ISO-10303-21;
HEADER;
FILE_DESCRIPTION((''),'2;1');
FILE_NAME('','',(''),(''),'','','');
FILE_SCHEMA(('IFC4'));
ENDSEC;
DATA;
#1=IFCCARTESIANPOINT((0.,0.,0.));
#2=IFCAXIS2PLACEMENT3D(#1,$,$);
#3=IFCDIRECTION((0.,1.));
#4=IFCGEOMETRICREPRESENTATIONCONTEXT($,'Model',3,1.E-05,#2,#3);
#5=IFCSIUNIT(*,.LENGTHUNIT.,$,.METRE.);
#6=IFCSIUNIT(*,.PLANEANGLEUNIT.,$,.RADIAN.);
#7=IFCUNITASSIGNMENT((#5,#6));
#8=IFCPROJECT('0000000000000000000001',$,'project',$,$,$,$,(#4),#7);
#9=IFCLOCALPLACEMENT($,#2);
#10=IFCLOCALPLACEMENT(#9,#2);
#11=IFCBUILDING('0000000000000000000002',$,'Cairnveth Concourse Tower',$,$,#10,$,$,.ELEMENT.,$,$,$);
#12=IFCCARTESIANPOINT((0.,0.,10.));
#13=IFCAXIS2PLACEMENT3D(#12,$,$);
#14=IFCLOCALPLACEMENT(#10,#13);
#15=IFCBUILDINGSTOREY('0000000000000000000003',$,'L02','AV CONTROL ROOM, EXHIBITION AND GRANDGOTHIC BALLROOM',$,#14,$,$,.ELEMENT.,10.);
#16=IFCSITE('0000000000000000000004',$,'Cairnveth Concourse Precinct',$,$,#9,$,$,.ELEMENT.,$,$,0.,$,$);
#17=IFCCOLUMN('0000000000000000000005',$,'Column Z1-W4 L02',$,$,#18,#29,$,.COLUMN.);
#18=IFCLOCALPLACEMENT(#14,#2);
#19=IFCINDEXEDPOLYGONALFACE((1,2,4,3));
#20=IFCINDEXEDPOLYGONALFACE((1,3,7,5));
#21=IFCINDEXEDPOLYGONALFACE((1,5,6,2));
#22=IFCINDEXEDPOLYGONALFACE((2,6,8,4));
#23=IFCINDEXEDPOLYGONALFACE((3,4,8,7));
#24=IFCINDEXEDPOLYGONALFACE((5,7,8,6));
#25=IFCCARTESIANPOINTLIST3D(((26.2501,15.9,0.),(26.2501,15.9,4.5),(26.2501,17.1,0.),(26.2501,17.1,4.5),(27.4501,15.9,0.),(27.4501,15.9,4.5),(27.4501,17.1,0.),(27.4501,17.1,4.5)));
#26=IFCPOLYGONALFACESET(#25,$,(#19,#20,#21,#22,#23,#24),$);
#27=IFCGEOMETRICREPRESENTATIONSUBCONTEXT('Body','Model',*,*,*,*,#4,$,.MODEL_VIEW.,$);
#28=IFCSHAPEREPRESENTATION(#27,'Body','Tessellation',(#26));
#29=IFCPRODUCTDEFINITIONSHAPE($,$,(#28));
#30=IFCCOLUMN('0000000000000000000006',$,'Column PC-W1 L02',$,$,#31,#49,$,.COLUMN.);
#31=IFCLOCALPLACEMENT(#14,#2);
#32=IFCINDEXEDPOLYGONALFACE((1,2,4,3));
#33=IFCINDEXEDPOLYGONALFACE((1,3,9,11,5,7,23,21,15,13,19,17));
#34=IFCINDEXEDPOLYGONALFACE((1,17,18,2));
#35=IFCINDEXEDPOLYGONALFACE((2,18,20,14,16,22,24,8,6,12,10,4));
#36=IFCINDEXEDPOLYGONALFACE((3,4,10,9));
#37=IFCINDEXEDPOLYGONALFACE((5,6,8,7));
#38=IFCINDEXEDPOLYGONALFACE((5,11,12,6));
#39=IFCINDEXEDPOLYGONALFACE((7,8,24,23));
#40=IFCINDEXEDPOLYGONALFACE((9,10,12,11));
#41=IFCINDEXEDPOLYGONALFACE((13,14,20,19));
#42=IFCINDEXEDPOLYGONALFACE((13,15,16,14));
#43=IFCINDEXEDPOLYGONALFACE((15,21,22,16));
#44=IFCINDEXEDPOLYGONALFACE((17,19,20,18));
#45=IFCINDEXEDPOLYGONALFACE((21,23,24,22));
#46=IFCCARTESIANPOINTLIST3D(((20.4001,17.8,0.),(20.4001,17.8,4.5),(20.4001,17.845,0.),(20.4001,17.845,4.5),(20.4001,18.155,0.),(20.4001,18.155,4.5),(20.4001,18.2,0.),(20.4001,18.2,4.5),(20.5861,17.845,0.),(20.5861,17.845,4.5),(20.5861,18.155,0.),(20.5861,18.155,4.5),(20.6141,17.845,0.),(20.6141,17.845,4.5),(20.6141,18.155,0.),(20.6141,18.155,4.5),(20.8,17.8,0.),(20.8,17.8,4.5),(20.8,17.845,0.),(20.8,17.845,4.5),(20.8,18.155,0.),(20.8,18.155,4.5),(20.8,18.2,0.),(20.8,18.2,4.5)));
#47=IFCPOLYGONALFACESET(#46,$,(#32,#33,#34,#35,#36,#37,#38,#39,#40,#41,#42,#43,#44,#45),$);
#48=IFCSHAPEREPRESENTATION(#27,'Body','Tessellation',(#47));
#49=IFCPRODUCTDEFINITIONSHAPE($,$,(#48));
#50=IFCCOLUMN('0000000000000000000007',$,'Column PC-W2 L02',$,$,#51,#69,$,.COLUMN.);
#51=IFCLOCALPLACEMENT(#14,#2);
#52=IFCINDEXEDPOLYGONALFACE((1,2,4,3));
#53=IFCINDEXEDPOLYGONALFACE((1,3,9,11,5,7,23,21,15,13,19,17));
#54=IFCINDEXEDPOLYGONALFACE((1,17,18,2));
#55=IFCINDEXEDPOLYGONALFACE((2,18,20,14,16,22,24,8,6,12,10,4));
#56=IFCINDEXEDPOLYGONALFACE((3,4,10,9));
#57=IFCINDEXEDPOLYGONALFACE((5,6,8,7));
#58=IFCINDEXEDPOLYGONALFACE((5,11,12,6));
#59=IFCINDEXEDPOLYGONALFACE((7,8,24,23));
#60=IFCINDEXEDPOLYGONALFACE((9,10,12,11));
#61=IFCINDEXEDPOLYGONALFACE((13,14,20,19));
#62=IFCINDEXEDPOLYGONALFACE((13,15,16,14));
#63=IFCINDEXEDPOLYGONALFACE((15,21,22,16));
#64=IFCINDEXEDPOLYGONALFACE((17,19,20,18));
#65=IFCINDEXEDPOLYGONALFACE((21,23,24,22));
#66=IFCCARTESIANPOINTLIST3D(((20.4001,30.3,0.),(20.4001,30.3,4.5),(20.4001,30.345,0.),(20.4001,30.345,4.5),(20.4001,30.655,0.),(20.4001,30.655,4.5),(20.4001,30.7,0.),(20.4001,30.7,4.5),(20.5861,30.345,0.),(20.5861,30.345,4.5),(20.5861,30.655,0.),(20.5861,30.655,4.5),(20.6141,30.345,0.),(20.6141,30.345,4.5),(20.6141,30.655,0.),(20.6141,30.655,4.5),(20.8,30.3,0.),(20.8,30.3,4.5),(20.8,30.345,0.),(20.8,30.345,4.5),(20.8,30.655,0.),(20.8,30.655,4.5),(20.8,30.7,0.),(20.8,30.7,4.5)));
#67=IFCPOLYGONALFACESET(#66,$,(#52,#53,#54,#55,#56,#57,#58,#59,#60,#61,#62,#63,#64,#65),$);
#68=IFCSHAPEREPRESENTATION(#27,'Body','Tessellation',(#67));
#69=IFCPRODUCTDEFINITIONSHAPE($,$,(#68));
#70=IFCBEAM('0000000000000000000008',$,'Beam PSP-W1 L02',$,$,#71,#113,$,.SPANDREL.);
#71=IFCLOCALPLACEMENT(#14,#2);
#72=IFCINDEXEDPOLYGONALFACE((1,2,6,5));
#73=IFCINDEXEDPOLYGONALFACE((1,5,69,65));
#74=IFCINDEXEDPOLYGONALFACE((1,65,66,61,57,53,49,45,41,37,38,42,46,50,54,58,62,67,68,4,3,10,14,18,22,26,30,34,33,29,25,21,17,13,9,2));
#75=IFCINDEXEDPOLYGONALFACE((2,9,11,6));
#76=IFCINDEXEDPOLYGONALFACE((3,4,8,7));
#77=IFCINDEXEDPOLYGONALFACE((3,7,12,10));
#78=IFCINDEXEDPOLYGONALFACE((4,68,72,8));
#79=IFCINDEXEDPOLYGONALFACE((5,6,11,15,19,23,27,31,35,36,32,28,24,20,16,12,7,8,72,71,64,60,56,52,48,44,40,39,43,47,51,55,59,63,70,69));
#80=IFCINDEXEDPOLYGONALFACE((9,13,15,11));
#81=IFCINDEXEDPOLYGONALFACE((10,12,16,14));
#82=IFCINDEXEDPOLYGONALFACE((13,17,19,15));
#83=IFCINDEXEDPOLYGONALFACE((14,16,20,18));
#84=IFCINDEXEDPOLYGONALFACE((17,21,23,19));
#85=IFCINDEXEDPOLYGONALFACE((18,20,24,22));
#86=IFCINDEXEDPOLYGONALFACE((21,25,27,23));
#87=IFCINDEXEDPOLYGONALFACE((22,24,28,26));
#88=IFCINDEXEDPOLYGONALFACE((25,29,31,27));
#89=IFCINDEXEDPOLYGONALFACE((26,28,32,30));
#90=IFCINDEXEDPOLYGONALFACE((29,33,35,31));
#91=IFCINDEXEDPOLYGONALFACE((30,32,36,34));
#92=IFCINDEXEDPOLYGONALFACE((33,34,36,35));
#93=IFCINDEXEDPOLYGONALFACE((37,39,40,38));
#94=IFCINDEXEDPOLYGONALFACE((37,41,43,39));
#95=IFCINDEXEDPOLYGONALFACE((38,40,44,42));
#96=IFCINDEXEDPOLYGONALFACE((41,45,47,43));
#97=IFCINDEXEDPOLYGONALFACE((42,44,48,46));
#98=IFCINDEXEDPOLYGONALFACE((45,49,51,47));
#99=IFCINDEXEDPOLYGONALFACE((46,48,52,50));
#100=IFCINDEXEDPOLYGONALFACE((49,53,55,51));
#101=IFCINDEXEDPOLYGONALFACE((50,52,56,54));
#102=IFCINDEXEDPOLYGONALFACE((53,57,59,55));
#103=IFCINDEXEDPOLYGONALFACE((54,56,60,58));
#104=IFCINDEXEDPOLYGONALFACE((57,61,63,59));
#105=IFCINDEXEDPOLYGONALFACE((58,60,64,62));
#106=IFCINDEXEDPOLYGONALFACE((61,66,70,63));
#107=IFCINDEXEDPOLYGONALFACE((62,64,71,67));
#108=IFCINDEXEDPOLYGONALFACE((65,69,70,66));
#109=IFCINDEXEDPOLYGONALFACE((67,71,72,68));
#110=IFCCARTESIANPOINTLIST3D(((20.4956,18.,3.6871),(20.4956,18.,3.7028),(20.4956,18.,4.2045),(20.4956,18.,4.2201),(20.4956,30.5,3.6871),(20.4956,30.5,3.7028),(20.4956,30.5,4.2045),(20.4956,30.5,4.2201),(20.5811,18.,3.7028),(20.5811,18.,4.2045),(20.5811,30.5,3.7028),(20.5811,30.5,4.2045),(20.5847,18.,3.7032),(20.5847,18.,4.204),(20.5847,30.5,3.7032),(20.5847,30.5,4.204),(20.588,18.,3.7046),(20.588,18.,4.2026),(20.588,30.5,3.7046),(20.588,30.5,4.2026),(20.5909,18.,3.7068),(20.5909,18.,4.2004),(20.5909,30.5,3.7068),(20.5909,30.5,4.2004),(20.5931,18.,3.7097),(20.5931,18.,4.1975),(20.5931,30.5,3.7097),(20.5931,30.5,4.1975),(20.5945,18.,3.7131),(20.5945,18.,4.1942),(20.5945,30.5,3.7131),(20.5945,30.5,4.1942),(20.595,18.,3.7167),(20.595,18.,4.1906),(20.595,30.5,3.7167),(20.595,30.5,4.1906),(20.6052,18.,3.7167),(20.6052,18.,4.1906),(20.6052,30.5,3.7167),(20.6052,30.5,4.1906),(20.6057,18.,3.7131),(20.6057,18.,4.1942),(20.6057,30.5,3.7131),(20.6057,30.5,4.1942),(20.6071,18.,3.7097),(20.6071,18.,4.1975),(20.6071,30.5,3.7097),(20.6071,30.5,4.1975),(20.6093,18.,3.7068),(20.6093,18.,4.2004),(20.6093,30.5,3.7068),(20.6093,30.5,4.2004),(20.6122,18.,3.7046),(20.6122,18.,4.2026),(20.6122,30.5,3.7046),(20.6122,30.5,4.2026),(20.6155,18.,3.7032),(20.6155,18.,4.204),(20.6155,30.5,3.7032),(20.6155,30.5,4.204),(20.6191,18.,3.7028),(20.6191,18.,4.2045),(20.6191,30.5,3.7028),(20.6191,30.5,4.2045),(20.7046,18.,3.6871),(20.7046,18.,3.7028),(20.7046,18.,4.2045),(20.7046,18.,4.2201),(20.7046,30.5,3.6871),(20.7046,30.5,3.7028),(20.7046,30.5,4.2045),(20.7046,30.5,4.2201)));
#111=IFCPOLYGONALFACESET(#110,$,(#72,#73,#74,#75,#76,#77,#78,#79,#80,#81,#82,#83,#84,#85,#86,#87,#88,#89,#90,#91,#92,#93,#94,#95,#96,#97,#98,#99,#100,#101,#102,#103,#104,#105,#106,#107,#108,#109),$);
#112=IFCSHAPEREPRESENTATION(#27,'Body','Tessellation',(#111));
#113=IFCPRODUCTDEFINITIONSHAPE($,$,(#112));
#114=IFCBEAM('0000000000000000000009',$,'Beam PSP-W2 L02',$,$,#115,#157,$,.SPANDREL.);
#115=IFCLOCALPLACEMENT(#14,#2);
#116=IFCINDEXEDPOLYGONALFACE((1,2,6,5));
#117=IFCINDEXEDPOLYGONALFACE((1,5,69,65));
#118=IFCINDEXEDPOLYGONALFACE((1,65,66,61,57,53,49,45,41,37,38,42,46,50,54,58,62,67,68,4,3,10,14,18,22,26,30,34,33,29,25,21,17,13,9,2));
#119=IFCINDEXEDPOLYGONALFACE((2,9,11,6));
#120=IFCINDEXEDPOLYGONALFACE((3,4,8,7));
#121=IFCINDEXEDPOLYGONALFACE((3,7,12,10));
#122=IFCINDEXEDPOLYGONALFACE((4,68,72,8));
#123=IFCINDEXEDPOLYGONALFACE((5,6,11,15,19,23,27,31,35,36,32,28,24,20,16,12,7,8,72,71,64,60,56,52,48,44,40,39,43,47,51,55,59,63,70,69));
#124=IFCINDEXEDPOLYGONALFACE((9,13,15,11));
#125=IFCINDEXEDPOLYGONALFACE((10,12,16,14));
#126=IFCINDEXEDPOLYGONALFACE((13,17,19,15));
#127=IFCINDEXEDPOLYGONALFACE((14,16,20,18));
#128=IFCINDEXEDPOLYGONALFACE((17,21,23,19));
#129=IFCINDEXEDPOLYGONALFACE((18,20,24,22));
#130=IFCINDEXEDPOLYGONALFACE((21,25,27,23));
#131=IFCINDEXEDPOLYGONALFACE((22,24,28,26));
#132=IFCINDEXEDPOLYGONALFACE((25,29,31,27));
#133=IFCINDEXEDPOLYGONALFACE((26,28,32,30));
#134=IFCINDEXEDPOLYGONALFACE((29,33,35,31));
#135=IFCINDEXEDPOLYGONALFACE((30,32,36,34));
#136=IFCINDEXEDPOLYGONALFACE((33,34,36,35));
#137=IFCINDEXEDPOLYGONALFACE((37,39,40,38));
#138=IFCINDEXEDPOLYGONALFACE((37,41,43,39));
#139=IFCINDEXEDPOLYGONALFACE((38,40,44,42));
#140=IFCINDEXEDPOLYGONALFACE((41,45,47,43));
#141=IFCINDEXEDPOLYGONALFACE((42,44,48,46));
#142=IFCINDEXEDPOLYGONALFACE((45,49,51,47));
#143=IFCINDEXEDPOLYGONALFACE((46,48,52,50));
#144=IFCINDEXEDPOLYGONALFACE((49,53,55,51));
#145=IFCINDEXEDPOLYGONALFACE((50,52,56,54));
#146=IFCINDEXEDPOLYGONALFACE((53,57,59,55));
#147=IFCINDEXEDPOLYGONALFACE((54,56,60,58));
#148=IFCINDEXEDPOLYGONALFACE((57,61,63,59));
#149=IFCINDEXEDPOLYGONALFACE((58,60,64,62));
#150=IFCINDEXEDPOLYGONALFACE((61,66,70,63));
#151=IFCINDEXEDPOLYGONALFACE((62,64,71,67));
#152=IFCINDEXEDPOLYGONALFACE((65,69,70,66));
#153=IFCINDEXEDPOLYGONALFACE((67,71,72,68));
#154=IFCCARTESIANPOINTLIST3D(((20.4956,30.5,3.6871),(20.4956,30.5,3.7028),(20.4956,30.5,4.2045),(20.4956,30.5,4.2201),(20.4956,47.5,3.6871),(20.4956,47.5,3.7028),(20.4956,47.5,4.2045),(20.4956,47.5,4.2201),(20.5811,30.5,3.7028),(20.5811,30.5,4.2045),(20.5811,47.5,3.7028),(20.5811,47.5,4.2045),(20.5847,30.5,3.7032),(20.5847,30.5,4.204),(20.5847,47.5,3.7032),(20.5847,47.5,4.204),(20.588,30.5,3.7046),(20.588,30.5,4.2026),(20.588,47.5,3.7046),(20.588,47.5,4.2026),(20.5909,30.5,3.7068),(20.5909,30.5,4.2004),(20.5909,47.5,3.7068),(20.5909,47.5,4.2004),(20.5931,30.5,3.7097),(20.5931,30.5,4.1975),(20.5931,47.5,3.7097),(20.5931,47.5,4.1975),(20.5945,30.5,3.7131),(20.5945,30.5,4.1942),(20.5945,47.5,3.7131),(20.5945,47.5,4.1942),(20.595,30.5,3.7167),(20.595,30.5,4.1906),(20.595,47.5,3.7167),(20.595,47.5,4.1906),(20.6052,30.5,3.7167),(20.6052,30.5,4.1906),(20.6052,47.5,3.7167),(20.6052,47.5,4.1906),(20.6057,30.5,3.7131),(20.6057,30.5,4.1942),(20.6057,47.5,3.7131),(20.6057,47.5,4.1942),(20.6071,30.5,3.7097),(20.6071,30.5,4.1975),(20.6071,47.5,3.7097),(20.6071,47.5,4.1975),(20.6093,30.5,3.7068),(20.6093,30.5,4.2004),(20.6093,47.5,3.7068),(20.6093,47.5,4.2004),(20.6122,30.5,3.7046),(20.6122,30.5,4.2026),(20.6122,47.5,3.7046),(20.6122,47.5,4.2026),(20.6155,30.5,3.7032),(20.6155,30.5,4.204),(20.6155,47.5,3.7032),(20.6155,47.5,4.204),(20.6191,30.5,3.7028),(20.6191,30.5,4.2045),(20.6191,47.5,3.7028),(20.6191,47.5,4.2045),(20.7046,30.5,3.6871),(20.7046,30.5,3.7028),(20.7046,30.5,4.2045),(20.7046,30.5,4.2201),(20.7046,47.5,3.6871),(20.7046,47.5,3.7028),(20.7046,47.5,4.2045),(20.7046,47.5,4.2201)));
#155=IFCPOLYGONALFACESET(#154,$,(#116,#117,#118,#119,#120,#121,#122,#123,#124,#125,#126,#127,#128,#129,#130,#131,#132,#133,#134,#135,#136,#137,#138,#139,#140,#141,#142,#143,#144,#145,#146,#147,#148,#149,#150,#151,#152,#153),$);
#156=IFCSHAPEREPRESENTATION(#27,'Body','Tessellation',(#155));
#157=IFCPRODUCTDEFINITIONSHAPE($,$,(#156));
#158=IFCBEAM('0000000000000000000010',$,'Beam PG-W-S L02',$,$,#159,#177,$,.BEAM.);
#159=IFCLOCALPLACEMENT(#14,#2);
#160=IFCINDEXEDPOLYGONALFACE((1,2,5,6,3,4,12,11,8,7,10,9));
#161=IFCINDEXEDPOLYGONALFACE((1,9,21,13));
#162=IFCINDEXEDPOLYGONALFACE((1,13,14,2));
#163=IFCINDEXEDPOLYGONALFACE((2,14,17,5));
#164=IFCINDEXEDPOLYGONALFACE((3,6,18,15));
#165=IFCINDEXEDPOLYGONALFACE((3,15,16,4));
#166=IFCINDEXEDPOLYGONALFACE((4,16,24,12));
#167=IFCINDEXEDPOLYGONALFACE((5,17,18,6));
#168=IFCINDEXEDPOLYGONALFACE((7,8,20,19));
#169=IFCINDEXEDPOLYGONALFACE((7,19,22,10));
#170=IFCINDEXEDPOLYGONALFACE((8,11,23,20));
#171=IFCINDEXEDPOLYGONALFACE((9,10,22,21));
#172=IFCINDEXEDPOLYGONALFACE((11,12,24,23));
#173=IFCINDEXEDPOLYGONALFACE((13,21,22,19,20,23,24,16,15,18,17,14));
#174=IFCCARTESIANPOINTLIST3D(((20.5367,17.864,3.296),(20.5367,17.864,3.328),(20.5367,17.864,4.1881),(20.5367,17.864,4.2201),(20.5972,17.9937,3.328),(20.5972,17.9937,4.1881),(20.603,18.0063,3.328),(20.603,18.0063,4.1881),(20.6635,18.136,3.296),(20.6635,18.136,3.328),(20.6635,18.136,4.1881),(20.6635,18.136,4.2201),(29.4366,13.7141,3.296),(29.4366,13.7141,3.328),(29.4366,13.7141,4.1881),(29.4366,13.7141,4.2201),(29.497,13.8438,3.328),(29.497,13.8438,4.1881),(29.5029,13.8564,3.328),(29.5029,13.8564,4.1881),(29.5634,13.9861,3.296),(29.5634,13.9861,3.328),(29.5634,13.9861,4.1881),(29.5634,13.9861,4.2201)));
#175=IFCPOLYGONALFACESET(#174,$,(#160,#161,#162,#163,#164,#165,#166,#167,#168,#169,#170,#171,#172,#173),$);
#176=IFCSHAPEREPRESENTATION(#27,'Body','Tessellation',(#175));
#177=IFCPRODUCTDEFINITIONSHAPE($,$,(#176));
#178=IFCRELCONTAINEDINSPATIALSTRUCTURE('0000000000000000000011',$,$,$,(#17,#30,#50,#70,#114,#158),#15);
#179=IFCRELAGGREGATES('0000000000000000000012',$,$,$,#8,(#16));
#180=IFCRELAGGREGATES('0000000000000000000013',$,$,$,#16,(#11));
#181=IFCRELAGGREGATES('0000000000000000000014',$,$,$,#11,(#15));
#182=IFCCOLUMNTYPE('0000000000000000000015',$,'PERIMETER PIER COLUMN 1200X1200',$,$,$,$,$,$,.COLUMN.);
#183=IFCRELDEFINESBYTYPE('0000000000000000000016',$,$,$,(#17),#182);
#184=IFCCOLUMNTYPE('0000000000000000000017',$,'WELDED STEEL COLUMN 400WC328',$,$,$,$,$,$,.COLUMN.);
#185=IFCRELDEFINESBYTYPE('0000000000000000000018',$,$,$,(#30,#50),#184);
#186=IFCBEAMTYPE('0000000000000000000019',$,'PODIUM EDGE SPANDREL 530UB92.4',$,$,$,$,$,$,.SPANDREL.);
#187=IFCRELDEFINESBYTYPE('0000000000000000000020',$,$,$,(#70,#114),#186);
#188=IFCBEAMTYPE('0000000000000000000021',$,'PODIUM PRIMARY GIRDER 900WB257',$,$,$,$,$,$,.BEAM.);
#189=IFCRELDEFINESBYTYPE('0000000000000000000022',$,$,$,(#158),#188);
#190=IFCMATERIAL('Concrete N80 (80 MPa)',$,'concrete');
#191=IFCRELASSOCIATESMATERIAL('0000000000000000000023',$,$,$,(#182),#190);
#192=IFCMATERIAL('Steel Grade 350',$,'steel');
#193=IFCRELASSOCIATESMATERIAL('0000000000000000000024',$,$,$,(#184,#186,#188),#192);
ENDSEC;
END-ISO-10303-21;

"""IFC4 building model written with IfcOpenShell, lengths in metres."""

from ifc_helpers import new_model, si_unit, direction, frame, origin, origin_2d, place, context, subcontext, project, spatial, rectangle, i_section, extrude, material, material_profile, profile_set, type_object, element, save


model = new_model("IFC4")

# Units and contexts
model_context = context("Model", 3, precision=1e-05, world=origin(), true_north=direction((0.0, 1.0)))
body_context = subcontext(model_context, "Body", "Model", "MODEL_VIEW")
ifc_project = project(units=[si_unit("LENGTHUNIT", "METRE"), si_unit("PLANEANGLEUNIT", "RADIAN")], contexts=[model_context])

# Site, building, storey
site_placement = place(None, origin())
site = spatial("IfcSite", under=ifc_project, at=site_placement, Name="Cairnveth Concourse Precinct", CompositionType="ELEMENT", RefElevation=0.0)
building_placement = place(site_placement, origin())
building = spatial("IfcBuilding", under=site, at=building_placement, Name="Cairnveth Concourse Tower", CompositionType="ELEMENT")
storey_placement = place(building_placement, frame((0.0, 0.0, 10.0)))
storey = spatial("IfcBuildingStorey", under=building, at=storey_placement, Name="L02", Description="AV CONTROL ROOM, EXHIBITION AND GRANDGOTHIC BALLROOM", CompositionType="ELEMENT", Elevation=10.0)

# Columns
ifc_material_1 = material(Name="Concrete N80 (80 MPa)", Category="concrete")
ifc_material_profile_1 = material_profile(ifc_material_1, rectangle(XDim=1.2, YDim=1.2, at=origin_2d()), Name="RC-COL-1200x1200")
ifc_profile_set_1 = profile_set([ifc_material_profile_1], Name="Concrete N80 (80 MPa)")
column_type_1 = type_object("IfcColumnType", Name="PERIMETER PIER COLUMN 1200X1200", PredefinedType="COLUMN", material=ifc_profile_set_1)
column_placement = place(storey_placement, frame((26.8501, 16.5, 0.0), z_axis=(0.0, 0.0, 1.0), x_axis=(1.0, 0.0, 0.0)))
element("IfcColumn", 1, at=column_placement, inside=storey, type_object=column_type_1, Name="Column Z1-W4 L02", PredefinedType="COLUMN", context=body_context, shape_type="SweptSolid", body=[
    extrude(rectangle(XDim=1.2, YDim=1.2, at=origin_2d()), origin(), (0.0, 0.0, 1.0), 4.5),
])
ifc_material_2 = material(Name="Steel Grade 350", Category="steel")
ifc_material_profile_2 = material_profile(ifc_material_2, i_section(OverallWidth=0.3999, OverallDepth=0.3999, WebThickness=0.0281, FlangeThickness=0.0449, at=origin_2d()), Name="400WC328")
ifc_profile_set_2 = profile_set([ifc_material_profile_2], Name="Steel Grade 350")
column_type_2 = type_object("IfcColumnType", Name="WELDED STEEL COLUMN 400WC328", PredefinedType="COLUMN", material=ifc_profile_set_2)
for number, where, z_axis, x_axis, name in (
    (2, (20.6001, 18.0, 0.0), (0.0, 0.0, 1.0), (1.0, 0.0, 0.0), "Column PC-W1 L02"),
    (3, (20.6001, 30.5, 0.0), (0.0, 0.0, 1.0), (1.0, 0.0, 0.0), "Column PC-W2 L02"),
):
    element("IfcColumn", number, at=place(storey_placement, frame(where, z_axis=z_axis, x_axis=x_axis)), inside=storey, type_object=column_type_2, Name=name, PredefinedType="COLUMN", context=body_context, shape_type="SweptSolid", body=[
        extrude(i_section(OverallWidth=0.3999, OverallDepth=0.3999, WebThickness=0.0281, FlangeThickness=0.0449, at=origin_2d()), origin(), (0.0, 0.0, 1.0), 4.5),
    ])

# Beams
ifc_material_profile_3 = material_profile(ifc_material_2, i_section(OverallWidth=0.209, OverallDepth=0.533, WebThickness=0.0103, FlangeThickness=0.0156, FilletRadius=0.0139, at=origin_2d()), Name="530UB92.4")
ifc_profile_set_3 = profile_set([ifc_material_profile_3], Name="Steel Grade 350")
beam_type_1 = type_object("IfcBeamType", Name="PODIUM EDGE SPANDREL 530UB92.4", PredefinedType="SPANDREL", material=ifc_profile_set_3)
beam_1_placement = place(storey_placement, frame((20.6001, 18.0, 3.9536), z_axis=(0.0, 1.0, 0.0), x_axis=(-1.0, 0.0, 0.0)))
element("IfcBeam", 4, at=beam_1_placement, inside=storey, type_object=beam_type_1, Name="Beam PSP-W1 L02", PredefinedType="SPANDREL", context=body_context, shape_type="SweptSolid", body=[
    extrude(i_section(OverallWidth=0.209, OverallDepth=0.533, WebThickness=0.0103, FlangeThickness=0.0156, FilletRadius=0.0139, at=origin_2d()), origin(), (0.0, 0.0, 1.0), 12.5),
])
beam_2_placement = place(storey_placement, frame((20.6001, 30.5, 3.9536), z_axis=(0.0, 1.0, 0.0), x_axis=(-1.0, 0.0, 0.0)))
element("IfcBeam", 5, at=beam_2_placement, inside=storey, type_object=beam_type_1, Name="Beam PSP-W2 L02", PredefinedType="SPANDREL", context=body_context, shape_type="SweptSolid", body=[
    extrude(i_section(OverallWidth=0.209, OverallDepth=0.533, WebThickness=0.0103, FlangeThickness=0.0156, FilletRadius=0.0139, at=origin_2d()), origin(), (0.0, 0.0, 1.0), 17.0),
])
ifc_material_profile_4 = material_profile(ifc_material_2, i_section(OverallWidth=0.3, OverallDepth=0.9241, WebThickness=0.0139, FlangeThickness=0.032, at=origin_2d()), Name="900WB257")
ifc_profile_set_4 = profile_set([ifc_material_profile_4], Name="Steel Grade 350")
beam_type_2 = type_object("IfcBeamType", Name="PODIUM PRIMARY GIRDER 900WB257", PredefinedType="BEAM", material=ifc_profile_set_4)
beam_3_placement = place(storey_placement, frame((20.6001, 18.0, 3.7581), z_axis=(0.906315, -0.422602, 0.0), x_axis=(0.422602, 0.906315, 0.0)))
element("IfcBeam", 6, at=beam_3_placement, inside=storey, type_object=beam_type_2, Name="Beam PG-W-S L02", PredefinedType="BEAM", context=body_context, shape_type="SweptSolid", body=[
    extrude(i_section(OverallWidth=0.3, OverallDepth=0.9241, WebThickness=0.0139, FlangeThickness=0.032, at=origin_2d()), origin(), (0.0, 0.0, 1.0), 9.8198),
])

save(model, "model.ifc")
